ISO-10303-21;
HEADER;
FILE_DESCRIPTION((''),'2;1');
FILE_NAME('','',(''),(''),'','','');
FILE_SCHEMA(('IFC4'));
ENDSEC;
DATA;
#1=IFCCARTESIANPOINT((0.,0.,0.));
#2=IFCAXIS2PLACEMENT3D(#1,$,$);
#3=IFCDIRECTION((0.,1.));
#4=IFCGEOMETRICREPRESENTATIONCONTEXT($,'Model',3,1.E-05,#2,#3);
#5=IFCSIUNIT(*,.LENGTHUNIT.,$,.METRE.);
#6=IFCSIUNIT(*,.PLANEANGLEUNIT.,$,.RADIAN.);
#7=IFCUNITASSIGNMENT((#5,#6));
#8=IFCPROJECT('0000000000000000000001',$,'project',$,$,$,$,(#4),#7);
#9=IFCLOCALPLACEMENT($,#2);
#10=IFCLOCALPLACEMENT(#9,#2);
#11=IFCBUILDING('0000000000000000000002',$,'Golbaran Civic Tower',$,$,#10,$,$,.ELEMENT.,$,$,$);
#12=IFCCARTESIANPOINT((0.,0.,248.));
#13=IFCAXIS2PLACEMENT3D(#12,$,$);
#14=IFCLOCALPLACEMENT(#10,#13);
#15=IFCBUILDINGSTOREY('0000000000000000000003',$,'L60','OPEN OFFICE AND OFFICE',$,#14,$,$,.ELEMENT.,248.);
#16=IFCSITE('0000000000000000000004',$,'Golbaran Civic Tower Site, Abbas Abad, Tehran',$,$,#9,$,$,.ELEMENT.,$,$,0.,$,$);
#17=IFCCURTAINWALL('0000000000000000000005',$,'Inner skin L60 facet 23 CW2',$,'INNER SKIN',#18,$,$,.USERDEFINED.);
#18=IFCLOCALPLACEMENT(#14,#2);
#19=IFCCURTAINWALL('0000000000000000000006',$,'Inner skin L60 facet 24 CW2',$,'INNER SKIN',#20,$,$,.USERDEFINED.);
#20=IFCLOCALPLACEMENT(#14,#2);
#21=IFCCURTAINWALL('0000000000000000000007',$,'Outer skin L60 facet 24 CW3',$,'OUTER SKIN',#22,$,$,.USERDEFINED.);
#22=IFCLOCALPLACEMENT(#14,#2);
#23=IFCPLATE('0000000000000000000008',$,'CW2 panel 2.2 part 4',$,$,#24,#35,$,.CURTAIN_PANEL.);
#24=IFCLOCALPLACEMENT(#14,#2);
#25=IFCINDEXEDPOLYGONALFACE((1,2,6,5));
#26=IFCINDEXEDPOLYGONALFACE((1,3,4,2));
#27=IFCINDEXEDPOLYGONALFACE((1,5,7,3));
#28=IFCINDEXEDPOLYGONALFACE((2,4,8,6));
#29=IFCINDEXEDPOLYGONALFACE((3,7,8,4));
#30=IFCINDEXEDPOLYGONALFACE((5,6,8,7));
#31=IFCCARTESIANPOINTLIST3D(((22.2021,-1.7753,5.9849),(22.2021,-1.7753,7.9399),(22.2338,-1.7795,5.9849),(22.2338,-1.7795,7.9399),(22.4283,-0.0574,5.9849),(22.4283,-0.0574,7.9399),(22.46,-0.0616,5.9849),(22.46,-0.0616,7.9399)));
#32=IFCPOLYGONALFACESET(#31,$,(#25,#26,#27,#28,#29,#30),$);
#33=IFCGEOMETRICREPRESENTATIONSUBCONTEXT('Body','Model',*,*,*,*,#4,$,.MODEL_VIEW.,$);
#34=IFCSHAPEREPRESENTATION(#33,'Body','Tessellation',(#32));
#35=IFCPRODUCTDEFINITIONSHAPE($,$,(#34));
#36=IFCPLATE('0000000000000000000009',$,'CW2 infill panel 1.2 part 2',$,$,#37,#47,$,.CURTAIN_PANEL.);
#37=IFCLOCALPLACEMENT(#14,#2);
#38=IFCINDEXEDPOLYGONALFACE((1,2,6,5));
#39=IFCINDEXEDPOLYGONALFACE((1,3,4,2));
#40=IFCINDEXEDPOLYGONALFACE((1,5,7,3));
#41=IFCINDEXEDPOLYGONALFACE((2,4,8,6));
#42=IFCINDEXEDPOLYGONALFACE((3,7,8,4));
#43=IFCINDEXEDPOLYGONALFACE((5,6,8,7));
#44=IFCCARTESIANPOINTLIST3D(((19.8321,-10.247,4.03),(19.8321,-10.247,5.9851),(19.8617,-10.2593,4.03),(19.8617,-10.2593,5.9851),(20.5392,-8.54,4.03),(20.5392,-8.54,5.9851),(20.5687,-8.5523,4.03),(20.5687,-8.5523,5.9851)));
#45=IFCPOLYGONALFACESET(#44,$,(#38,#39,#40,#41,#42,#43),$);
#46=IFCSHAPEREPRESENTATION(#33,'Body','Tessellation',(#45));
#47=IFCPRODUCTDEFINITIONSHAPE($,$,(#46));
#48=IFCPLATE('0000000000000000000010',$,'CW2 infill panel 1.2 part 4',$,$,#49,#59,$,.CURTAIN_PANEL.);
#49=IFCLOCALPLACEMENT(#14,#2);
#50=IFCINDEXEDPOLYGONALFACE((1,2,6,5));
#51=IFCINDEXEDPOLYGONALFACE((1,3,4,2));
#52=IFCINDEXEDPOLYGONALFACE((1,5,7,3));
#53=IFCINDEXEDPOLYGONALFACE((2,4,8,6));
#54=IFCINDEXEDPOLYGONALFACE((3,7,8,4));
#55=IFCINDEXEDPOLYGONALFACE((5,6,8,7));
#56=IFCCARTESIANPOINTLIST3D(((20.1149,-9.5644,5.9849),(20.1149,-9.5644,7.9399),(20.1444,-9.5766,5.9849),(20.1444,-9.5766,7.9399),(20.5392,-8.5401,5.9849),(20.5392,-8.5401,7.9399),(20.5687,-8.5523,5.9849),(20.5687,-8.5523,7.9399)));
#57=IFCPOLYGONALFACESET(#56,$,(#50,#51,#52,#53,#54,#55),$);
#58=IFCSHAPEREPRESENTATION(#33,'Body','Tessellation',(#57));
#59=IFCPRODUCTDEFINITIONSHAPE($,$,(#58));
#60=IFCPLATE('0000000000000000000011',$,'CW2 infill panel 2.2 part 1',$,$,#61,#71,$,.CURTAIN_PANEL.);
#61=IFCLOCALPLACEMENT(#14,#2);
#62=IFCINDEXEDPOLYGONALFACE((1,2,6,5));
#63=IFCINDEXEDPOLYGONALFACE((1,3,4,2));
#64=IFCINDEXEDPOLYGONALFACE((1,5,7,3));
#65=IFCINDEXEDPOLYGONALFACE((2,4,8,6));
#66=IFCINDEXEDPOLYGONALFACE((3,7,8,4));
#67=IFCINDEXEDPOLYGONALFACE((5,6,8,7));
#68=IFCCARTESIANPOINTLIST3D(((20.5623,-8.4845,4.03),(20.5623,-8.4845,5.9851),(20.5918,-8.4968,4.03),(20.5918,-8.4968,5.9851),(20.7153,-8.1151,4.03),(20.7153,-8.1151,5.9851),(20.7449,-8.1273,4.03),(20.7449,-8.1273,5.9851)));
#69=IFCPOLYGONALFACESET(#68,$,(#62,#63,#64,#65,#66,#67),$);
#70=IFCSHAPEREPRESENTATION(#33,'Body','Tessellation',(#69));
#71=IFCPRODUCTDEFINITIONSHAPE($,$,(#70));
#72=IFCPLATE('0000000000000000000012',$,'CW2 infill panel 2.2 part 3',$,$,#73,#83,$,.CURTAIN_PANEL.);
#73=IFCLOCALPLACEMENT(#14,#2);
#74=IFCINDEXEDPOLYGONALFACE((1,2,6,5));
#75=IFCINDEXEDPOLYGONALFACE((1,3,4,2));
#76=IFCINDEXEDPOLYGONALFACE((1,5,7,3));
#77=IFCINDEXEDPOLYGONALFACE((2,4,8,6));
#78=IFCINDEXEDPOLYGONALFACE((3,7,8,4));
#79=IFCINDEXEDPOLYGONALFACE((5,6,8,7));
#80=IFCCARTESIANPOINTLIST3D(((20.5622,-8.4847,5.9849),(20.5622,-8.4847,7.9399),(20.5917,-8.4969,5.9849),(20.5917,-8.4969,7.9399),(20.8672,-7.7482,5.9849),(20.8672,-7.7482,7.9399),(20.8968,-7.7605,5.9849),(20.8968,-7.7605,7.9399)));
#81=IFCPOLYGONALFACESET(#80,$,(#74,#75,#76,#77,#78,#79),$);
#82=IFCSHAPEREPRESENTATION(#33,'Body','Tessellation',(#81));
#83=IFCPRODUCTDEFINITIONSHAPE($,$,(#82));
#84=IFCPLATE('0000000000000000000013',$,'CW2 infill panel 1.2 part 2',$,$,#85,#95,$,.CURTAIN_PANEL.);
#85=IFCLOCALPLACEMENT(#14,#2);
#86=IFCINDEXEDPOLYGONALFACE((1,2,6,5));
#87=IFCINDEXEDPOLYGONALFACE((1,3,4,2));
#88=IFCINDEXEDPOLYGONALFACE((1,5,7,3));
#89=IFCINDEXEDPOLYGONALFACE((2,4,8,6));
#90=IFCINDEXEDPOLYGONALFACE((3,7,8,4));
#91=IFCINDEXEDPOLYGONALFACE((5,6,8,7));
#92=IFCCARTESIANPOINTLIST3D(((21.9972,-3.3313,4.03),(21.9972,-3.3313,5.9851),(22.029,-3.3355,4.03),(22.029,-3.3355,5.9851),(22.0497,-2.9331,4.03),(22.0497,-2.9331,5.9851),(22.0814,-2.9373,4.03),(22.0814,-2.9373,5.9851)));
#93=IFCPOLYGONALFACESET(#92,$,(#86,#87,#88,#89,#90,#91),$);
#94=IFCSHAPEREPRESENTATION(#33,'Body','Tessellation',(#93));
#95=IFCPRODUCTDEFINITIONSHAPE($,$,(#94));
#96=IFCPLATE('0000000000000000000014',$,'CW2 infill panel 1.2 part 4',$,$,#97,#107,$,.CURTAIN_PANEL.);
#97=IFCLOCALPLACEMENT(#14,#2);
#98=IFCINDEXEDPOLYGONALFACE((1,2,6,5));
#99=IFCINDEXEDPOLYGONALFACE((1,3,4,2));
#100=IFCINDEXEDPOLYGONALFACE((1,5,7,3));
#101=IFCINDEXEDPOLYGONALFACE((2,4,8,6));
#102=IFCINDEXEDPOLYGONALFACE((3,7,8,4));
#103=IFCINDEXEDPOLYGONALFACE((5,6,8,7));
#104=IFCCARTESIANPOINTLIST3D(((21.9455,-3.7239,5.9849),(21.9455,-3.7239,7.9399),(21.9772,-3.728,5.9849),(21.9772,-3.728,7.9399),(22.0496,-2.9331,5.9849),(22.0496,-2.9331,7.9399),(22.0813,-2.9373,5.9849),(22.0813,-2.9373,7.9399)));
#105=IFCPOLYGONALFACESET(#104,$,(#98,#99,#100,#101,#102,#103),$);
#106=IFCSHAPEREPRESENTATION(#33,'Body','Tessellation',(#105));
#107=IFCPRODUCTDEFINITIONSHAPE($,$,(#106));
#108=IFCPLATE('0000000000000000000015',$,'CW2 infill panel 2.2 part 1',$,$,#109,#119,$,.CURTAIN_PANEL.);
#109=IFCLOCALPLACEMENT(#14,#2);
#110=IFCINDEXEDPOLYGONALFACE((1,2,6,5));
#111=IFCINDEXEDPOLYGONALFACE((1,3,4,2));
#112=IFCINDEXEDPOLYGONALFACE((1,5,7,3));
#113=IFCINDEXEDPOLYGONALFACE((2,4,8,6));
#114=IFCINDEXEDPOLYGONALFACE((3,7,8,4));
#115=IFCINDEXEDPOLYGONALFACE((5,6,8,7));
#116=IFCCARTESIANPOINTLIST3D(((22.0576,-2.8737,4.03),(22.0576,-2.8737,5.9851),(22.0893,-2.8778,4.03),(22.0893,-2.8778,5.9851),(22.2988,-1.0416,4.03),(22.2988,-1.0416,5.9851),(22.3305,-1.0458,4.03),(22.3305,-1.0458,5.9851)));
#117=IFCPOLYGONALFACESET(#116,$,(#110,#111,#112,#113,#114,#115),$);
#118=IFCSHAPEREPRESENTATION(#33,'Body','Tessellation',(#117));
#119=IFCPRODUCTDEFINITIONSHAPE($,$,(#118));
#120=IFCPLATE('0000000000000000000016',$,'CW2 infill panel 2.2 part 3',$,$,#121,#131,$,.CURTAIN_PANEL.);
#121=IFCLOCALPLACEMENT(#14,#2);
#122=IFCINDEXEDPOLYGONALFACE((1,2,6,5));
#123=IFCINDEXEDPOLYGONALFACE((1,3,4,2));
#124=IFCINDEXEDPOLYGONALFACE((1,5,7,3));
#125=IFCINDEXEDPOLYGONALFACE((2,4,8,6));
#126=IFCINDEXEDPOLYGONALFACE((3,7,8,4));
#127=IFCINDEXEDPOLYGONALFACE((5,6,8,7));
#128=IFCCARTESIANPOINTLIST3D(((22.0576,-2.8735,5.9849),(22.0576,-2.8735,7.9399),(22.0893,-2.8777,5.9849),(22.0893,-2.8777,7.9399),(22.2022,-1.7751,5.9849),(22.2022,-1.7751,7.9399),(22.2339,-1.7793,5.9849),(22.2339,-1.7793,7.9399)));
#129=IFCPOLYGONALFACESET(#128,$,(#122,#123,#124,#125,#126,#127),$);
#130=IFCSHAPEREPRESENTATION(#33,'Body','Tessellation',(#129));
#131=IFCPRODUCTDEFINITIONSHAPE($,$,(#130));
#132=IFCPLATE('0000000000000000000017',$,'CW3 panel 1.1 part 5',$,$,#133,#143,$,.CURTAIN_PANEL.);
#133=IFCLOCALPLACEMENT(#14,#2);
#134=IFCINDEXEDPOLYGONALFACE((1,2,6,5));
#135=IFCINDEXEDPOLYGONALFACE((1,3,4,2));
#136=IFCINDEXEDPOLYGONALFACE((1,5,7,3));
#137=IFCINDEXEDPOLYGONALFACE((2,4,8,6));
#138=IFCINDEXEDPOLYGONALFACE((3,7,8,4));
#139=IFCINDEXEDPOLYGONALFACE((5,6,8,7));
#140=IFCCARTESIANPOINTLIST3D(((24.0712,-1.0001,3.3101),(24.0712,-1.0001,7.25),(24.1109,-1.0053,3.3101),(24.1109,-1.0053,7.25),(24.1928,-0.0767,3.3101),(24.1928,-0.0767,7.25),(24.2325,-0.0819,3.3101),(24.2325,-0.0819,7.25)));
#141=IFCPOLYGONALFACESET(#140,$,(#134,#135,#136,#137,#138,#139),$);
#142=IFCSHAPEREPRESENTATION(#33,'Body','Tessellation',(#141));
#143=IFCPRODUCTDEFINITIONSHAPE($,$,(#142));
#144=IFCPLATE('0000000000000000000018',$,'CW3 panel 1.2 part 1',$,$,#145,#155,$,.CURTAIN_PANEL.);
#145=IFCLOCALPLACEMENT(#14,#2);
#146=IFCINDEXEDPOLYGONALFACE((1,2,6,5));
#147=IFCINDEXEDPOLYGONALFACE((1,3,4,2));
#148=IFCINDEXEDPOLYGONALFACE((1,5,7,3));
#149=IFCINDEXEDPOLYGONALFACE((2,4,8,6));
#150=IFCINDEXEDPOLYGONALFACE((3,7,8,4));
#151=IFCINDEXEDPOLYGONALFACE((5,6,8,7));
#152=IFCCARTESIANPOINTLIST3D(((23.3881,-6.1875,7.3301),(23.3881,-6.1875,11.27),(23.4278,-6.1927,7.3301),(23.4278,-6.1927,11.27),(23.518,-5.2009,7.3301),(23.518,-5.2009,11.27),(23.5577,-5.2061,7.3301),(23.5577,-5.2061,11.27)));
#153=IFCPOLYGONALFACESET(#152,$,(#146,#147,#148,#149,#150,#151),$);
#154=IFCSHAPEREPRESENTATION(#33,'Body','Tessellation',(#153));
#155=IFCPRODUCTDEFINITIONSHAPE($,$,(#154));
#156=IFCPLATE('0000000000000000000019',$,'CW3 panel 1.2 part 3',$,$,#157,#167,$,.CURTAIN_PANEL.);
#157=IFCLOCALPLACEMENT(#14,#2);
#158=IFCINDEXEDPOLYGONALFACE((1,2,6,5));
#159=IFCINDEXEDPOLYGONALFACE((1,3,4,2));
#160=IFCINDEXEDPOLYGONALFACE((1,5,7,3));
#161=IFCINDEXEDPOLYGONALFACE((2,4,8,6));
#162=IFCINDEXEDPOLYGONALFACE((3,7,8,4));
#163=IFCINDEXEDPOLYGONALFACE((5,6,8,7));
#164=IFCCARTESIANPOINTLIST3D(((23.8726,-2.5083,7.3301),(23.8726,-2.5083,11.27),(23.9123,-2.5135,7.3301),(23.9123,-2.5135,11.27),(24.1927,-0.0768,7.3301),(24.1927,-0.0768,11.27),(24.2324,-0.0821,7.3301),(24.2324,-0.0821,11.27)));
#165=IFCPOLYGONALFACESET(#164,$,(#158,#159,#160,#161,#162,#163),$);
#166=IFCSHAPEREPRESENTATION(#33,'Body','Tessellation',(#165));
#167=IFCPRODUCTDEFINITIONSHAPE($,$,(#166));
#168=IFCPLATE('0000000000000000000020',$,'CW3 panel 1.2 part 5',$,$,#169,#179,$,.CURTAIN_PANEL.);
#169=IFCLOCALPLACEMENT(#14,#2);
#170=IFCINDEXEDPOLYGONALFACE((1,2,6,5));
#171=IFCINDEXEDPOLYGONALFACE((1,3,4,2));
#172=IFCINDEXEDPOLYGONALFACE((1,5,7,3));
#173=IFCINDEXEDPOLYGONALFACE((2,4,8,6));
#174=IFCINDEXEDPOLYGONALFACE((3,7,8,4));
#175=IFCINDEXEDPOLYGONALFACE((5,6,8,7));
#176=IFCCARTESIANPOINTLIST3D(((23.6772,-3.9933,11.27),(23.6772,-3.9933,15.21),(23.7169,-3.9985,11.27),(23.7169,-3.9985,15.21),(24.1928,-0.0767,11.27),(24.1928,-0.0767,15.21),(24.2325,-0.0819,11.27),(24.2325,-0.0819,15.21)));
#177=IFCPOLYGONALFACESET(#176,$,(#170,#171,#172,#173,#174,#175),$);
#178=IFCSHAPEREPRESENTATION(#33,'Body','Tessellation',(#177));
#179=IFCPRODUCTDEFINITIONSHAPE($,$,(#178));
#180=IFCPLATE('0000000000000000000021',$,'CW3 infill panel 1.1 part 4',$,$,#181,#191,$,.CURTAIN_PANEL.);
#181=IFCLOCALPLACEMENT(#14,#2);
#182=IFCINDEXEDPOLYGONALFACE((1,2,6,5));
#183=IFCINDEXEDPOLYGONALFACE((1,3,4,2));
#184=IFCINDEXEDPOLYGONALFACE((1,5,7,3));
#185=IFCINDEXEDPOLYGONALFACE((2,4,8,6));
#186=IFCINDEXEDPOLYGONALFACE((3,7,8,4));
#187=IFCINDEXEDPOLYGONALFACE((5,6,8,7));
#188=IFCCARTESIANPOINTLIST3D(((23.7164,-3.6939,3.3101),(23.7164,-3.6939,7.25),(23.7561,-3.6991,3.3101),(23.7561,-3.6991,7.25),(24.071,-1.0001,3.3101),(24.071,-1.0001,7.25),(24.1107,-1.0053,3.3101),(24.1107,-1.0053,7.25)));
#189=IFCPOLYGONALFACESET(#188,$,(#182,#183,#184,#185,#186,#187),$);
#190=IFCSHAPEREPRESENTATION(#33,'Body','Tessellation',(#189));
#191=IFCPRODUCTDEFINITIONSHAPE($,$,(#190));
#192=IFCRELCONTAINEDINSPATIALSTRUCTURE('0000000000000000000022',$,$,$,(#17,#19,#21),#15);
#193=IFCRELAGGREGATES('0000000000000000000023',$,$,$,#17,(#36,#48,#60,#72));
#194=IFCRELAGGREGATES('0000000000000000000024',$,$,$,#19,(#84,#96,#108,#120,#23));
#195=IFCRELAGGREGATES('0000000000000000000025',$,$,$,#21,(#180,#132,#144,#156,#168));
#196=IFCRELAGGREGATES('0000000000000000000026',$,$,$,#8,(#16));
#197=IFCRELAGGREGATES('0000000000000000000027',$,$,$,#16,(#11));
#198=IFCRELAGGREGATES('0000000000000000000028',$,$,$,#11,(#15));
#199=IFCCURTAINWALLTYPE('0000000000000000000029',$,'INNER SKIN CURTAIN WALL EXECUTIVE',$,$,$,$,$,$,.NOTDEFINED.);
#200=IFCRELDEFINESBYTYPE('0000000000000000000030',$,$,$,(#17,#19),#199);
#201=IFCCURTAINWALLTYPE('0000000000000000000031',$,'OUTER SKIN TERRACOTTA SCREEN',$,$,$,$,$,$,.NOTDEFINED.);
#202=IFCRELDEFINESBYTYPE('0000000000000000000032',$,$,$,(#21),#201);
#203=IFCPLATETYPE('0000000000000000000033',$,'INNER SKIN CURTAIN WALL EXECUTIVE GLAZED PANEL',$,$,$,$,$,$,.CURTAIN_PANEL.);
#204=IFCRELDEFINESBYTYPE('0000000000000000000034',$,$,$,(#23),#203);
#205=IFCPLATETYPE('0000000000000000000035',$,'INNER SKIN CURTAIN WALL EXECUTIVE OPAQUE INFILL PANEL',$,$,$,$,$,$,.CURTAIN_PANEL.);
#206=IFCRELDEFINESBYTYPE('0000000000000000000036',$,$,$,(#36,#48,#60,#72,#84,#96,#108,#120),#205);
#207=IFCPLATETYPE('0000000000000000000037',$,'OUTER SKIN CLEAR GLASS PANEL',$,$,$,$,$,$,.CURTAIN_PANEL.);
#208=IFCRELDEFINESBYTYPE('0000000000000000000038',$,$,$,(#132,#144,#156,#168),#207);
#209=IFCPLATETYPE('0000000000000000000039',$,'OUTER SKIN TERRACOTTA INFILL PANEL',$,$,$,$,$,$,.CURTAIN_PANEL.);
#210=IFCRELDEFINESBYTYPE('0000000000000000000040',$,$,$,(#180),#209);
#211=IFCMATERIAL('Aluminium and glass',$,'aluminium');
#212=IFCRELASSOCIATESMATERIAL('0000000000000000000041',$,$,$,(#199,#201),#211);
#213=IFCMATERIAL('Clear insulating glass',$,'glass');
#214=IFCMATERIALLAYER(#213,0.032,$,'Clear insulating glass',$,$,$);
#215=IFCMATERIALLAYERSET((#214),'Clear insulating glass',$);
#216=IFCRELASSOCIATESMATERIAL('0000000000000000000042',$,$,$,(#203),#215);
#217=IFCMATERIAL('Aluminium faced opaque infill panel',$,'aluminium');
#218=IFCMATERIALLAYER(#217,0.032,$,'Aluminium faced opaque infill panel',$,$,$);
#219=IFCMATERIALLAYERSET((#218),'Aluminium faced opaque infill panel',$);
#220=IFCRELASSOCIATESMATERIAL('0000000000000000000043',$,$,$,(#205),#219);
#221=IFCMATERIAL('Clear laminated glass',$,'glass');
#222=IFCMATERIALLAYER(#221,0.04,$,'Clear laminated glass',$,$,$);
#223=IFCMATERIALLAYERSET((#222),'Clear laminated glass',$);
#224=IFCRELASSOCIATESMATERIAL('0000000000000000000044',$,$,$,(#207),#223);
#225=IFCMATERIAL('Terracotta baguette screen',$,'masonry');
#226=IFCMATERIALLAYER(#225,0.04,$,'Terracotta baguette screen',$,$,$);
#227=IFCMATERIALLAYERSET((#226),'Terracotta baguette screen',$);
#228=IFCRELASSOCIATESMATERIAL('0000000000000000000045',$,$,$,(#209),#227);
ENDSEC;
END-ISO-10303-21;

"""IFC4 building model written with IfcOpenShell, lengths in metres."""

from ifc_helpers import new_model, si_unit, direction, frame, origin, origin_2d, place, context, subcontext, project, spatial, rectangle, extrude, material, layer, layer_set, type_object, element, aggregate, save


model = new_model("IFC4")

# Units and contexts
model_context = context("Model", 3, precision=1e-05, world=origin(), true_north=direction((0.0, 1.0)))
body_context = subcontext(model_context, "Body", "Model", "MODEL_VIEW")
ifc_project = project(units=[si_unit("LENGTHUNIT", "METRE"), si_unit("PLANEANGLEUNIT", "RADIAN")], contexts=[model_context])

# Site, building, storey
site_placement = place(None, origin())
site = spatial("IfcSite", under=ifc_project, at=site_placement, Name="Golbaran Civic Tower Site, Abbas Abad, Tehran", CompositionType="ELEMENT", RefElevation=0.0)
building_placement = place(site_placement, origin())
building = spatial("IfcBuilding", under=site, at=building_placement, Name="Golbaran Civic Tower", CompositionType="ELEMENT")
storey_placement = place(building_placement, frame((0.0, 0.0, 248.0)))
storey = spatial("IfcBuildingStorey", under=building, at=storey_placement, Name="L60", Description="OPEN OFFICE AND OFFICE", CompositionType="ELEMENT", Elevation=248.0)

# Curtain walls
ifc_material_1 = material(Name="Aluminium and glass", Category="aluminium")
curtain_wall_type_1 = type_object("IfcCurtainWallType", Name="INNER SKIN CURTAIN WALL EXECUTIVE", PredefinedType="NOTDEFINED", material=ifc_material_1)
curtain_wall_1_placement = place(storey_placement, origin())
curtain_wall_1 = element("IfcCurtainWall", 1, at=curtain_wall_1_placement, inside=storey, type_object=curtain_wall_type_1, Name="Inner skin L60 facet 23 CW2", ObjectType="INNER SKIN", PredefinedType="USERDEFINED")
curtain_wall_2_placement = place(storey_placement, origin())
curtain_wall_2 = element("IfcCurtainWall", 2, at=curtain_wall_2_placement, inside=storey, type_object=curtain_wall_type_1, Name="Inner skin L60 facet 24 CW2", ObjectType="INNER SKIN", PredefinedType="USERDEFINED")
curtain_wall_type_2 = type_object("IfcCurtainWallType", Name="OUTER SKIN TERRACOTTA SCREEN", PredefinedType="NOTDEFINED", material=ifc_material_1)
curtain_wall_3_placement = place(storey_placement, origin())
curtain_wall_3 = element("IfcCurtainWall", 3, at=curtain_wall_3_placement, inside=storey, type_object=curtain_wall_type_2, Name="Outer skin L60 facet 24 CW3", ObjectType="OUTER SKIN", PredefinedType="USERDEFINED")

# Plates
ifc_material_2 = material(Name="Clear insulating glass", Category="glass")
ifc_layer_1 = layer(ifc_material_2, 0.032, Name="Clear insulating glass")
ifc_layer_set_1 = layer_set([ifc_layer_1], Name="Clear insulating glass")
plate_type_1 = type_object("IfcPlateType", Name="INNER SKIN CURTAIN WALL EXECUTIVE GLAZED PANEL", PredefinedType="CURTAIN_PANEL", material=ifc_layer_set_1)
plate_1_placement = place(storey_placement, frame((22.3311, -0.9185, 5.9849), z_axis=(0.0, 0.0, 1.0), x_axis=(0.130526, 0.991445, 0.0)))
plate_1 = element("IfcPlate", 4, at=plate_1_placement, type_object=plate_type_1, Name="CW2 panel 2.2 part 4", PredefinedType="CURTAIN_PANEL", context=body_context, shape_type="SweptSolid", body=[
    extrude(rectangle(XDim=1.7327, YDim=0.032, at=origin_2d()), origin(), (0.0, 0.0, 1.0), 1.9551),
])
ifc_material_3 = material(Name="Aluminium faced opaque infill panel", Category="aluminium")
ifc_layer_2 = layer(ifc_material_3, 0.032, Name="Aluminium faced opaque infill panel")
ifc_layer_set_2 = layer_set([ifc_layer_2], Name="Aluminium faced opaque infill panel")
plate_type_2 = type_object("IfcPlateType", Name="INNER SKIN CURTAIN WALL EXECUTIVE OPAQUE INFILL PANEL", PredefinedType="CURTAIN_PANEL", material=ifc_layer_set_2)
plate_2_placement = place(storey_placement, frame((20.2004, -9.3997, 4.03), z_axis=(0.0, 0.0, 1.0), x_axis=(0.382683, 0.92388, 0.0)))
plate_2 = element("IfcPlate", 5, at=plate_2_placement, type_object=plate_type_2, Name="CW2 infill panel 1.2 part 2", PredefinedType="CURTAIN_PANEL", context=body_context, shape_type="SweptSolid", body=[
    extrude(rectangle(XDim=1.8477, YDim=0.032, at=origin_2d()), origin(), (0.0, 0.0, 1.0), 1.9551),
])
plate_3_placement = place(storey_placement, frame((20.3418, -9.0583, 5.9849), z_axis=(0.0, 0.0, 1.0), x_axis=(0.382683, 0.92388, 0.0)))
plate_3 = element("IfcPlate", 6, at=plate_3_placement, type_object=plate_type_2, Name="CW2 infill panel 1.2 part 4", PredefinedType="CURTAIN_PANEL", context=body_context, shape_type="SweptSolid", body=[
    extrude(rectangle(XDim=1.1086, YDim=0.032, at=origin_2d()), origin(), (0.0, 0.0, 1.0), 1.9551),
])
plate_4_placement = place(storey_placement, frame((20.6536, -8.3059, 4.03), z_axis=(0.0, 0.0, 1.0), x_axis=(0.382683, 0.92388, 0.0)))
plate_4 = element("IfcPlate", 7, at=plate_4_placement, type_object=plate_type_2, Name="CW2 infill panel 2.2 part 1", PredefinedType="CURTAIN_PANEL", context=body_context, shape_type="SweptSolid", body=[
    extrude(rectangle(XDim=0.3999, YDim=0.032, at=origin_2d()), origin(), (0.0, 0.0, 1.0), 1.9551),
])
plate_5_placement = place(storey_placement, frame((20.7295, -8.1226, 5.9849), z_axis=(0.0, 0.0, 1.0), x_axis=(0.382683, 0.92388, 0.0)))
plate_5 = element("IfcPlate", 8, at=plate_5_placement, type_object=plate_type_2, Name="CW2 infill panel 2.2 part 3", PredefinedType="CURTAIN_PANEL", context=body_context, shape_type="SweptSolid", body=[
    extrude(rectangle(XDim=0.7971, YDim=0.032, at=origin_2d()), origin(), (0.0, 0.0, 1.0), 1.9551),
])
aggregate(curtain_wall_1, [plate_2, plate_3, plate_4, plate_5])
plate_6_placement = place(storey_placement, frame((22.0393, -3.1343, 4.03), z_axis=(0.0, 0.0, 1.0), x_axis=(0.130526, 0.991445, 0.0)))
plate_6 = element("IfcPlate", 9, at=plate_6_placement, type_object=plate_type_2, Name="CW2 infill panel 1.2 part 2", PredefinedType="CURTAIN_PANEL", context=body_context, shape_type="SweptSolid", body=[
    extrude(rectangle(XDim=0.4016, YDim=0.032, at=origin_2d()), origin(), (0.0, 0.0, 1.0), 1.9551),
])
plate_7_placement = place(storey_placement, frame((22.0134, -3.3306, 5.9849), z_axis=(0.0, 0.0, 1.0), x_axis=(0.130526, 0.991445, 0.0)))
plate_7 = element("IfcPlate", 10, at=plate_7_placement, type_object=plate_type_2, Name="CW2 infill panel 1.2 part 4", PredefinedType="CURTAIN_PANEL", context=body_context, shape_type="SweptSolid", body=[
    extrude(rectangle(XDim=0.7976, YDim=0.032, at=origin_2d()), origin(), (0.0, 0.0, 1.0), 1.9551),
])
plate_8_placement = place(storey_placement, frame((22.1941, -1.9597, 4.03), z_axis=(0.0, 0.0, 1.0), x_axis=(0.130526, 0.991445, 0.0)))
plate_8 = element("IfcPlate", 11, at=plate_8_placement, type_object=plate_type_2, Name="CW2 infill panel 2.2 part 1", PredefinedType="CURTAIN_PANEL", context=body_context, shape_type="SweptSolid", body=[
    extrude(rectangle(XDim=1.8479, YDim=0.032, at=origin_2d()), origin(), (0.0, 0.0, 1.0), 1.9551),
])
plate_9_placement = place(storey_placement, frame((22.1458, -2.3264, 5.9849), z_axis=(0.0, 0.0, 1.0), x_axis=(0.130526, 0.991445, 0.0)))
plate_9 = element("IfcPlate", 12, at=plate_9_placement, type_object=plate_type_2, Name="CW2 infill panel 2.2 part 3", PredefinedType="CURTAIN_PANEL", context=body_context, shape_type="SweptSolid", body=[
    extrude(rectangle(XDim=1.1079, YDim=0.032, at=origin_2d()), origin(), (0.0, 0.0, 1.0), 1.9551),
])
aggregate(curtain_wall_2, [plate_6, plate_7, plate_8, plate_9, plate_1])
ifc_material_4 = material(Name="Clear laminated glass", Category="glass")
ifc_layer_3 = layer(ifc_material_4, 0.04, Name="Clear laminated glass")
ifc_layer_set_3 = layer_set([ifc_layer_3], Name="Clear laminated glass")
plate_type_3 = type_object("IfcPlateType", Name="OUTER SKIN CLEAR GLASS PANEL", PredefinedType="CURTAIN_PANEL", material=ifc_layer_set_3)
plate_10_placement = place(storey_placement, frame((24.1519, -0.541, 3.3101), z_axis=(0.0, 0.0, 1.0), x_axis=(0.130526, 0.991445, 0.0)))
plate_10 = element("IfcPlate", 13, at=plate_10_placement, type_object=plate_type_3, Name="CW3 panel 1.1 part 5", PredefinedType="CURTAIN_PANEL", context=body_context, shape_type="SweptSolid", body=[
    extrude(rectangle(XDim=0.9314, YDim=0.04, at=origin_2d()), origin(), (0.0, 0.0, 1.0), 3.9399),
])
plate_11_placement = place(storey_placement, frame((23.4729, -5.6968, 7.3301), z_axis=(0.0, 0.0, 1.0), x_axis=(0.130526, 0.991445, 0.0)))
plate_11 = element("IfcPlate", 14, at=plate_11_placement, type_object=plate_type_3, Name="CW3 panel 1.2 part 1", PredefinedType="CURTAIN_PANEL", context=body_context, shape_type="SweptSolid", body=[
    extrude(rectangle(XDim=0.9951, YDim=0.04, at=origin_2d()), origin(), (0.0, 0.0, 1.0), 3.9399),
])
plate_12_placement = place(storey_placement, frame((24.0525, -1.2952, 7.3301), z_axis=(0.0, 0.0, 1.0), x_axis=(0.130526, 0.991445, 0.0)))
plate_12 = element("IfcPlate", 15, at=plate_12_placement, type_object=plate_type_3, Name="CW3 panel 1.2 part 3", PredefinedType="CURTAIN_PANEL", context=body_context, shape_type="SweptSolid", body=[
    extrude(rectangle(XDim=2.4524, YDim=0.04, at=origin_2d()), origin(), (0.0, 0.0, 1.0), 3.9399),
])
plate_13_placement = place(storey_placement, frame((23.9548, -2.0376, 11.27), z_axis=(0.0, 0.0, 1.0), x_axis=(0.130526, 0.991445, 0.0)))
plate_13 = element("IfcPlate", 16, at=plate_13_placement, type_object=plate_type_3, Name="CW3 panel 1.2 part 5", PredefinedType="CURTAIN_PANEL", context=body_context, shape_type="SweptSolid", body=[
    extrude(rectangle(XDim=3.9504, YDim=0.04, at=origin_2d()), origin(), (0.0, 0.0, 1.0), 3.9399),
])
ifc_material_5 = material(Name="Terracotta baguette screen", Category="masonry")
ifc_layer_4 = layer(ifc_material_5, 0.04, Name="Terracotta baguette screen")
ifc_layer_set_4 = layer_set([ifc_layer_4], Name="Terracotta baguette screen")
plate_type_4 = type_object("IfcPlateType", Name="OUTER SKIN TERRACOTTA INFILL PANEL", PredefinedType="CURTAIN_PANEL", material=ifc_layer_set_4)
plate_14_placement = place(storey_placement, frame((23.9136, -2.3496, 3.3101), z_axis=(0.0, 0.0, 1.0), x_axis=(0.130526, 0.991445, 0.0)))
plate_14 = element("IfcPlate", 17, at=plate_14_placement, type_object=plate_type_4, Name="CW3 infill panel 1.1 part 4", PredefinedType="CURTAIN_PANEL", context=body_context, shape_type="SweptSolid", body=[
    extrude(rectangle(XDim=2.717, YDim=0.04, at=origin_2d()), origin(), (0.0, 0.0, 1.0), 3.9399),
])
aggregate(curtain_wall_3, [plate_14, plate_10, plate_11, plate_12, plate_13])

save(model, "model.ifc")
